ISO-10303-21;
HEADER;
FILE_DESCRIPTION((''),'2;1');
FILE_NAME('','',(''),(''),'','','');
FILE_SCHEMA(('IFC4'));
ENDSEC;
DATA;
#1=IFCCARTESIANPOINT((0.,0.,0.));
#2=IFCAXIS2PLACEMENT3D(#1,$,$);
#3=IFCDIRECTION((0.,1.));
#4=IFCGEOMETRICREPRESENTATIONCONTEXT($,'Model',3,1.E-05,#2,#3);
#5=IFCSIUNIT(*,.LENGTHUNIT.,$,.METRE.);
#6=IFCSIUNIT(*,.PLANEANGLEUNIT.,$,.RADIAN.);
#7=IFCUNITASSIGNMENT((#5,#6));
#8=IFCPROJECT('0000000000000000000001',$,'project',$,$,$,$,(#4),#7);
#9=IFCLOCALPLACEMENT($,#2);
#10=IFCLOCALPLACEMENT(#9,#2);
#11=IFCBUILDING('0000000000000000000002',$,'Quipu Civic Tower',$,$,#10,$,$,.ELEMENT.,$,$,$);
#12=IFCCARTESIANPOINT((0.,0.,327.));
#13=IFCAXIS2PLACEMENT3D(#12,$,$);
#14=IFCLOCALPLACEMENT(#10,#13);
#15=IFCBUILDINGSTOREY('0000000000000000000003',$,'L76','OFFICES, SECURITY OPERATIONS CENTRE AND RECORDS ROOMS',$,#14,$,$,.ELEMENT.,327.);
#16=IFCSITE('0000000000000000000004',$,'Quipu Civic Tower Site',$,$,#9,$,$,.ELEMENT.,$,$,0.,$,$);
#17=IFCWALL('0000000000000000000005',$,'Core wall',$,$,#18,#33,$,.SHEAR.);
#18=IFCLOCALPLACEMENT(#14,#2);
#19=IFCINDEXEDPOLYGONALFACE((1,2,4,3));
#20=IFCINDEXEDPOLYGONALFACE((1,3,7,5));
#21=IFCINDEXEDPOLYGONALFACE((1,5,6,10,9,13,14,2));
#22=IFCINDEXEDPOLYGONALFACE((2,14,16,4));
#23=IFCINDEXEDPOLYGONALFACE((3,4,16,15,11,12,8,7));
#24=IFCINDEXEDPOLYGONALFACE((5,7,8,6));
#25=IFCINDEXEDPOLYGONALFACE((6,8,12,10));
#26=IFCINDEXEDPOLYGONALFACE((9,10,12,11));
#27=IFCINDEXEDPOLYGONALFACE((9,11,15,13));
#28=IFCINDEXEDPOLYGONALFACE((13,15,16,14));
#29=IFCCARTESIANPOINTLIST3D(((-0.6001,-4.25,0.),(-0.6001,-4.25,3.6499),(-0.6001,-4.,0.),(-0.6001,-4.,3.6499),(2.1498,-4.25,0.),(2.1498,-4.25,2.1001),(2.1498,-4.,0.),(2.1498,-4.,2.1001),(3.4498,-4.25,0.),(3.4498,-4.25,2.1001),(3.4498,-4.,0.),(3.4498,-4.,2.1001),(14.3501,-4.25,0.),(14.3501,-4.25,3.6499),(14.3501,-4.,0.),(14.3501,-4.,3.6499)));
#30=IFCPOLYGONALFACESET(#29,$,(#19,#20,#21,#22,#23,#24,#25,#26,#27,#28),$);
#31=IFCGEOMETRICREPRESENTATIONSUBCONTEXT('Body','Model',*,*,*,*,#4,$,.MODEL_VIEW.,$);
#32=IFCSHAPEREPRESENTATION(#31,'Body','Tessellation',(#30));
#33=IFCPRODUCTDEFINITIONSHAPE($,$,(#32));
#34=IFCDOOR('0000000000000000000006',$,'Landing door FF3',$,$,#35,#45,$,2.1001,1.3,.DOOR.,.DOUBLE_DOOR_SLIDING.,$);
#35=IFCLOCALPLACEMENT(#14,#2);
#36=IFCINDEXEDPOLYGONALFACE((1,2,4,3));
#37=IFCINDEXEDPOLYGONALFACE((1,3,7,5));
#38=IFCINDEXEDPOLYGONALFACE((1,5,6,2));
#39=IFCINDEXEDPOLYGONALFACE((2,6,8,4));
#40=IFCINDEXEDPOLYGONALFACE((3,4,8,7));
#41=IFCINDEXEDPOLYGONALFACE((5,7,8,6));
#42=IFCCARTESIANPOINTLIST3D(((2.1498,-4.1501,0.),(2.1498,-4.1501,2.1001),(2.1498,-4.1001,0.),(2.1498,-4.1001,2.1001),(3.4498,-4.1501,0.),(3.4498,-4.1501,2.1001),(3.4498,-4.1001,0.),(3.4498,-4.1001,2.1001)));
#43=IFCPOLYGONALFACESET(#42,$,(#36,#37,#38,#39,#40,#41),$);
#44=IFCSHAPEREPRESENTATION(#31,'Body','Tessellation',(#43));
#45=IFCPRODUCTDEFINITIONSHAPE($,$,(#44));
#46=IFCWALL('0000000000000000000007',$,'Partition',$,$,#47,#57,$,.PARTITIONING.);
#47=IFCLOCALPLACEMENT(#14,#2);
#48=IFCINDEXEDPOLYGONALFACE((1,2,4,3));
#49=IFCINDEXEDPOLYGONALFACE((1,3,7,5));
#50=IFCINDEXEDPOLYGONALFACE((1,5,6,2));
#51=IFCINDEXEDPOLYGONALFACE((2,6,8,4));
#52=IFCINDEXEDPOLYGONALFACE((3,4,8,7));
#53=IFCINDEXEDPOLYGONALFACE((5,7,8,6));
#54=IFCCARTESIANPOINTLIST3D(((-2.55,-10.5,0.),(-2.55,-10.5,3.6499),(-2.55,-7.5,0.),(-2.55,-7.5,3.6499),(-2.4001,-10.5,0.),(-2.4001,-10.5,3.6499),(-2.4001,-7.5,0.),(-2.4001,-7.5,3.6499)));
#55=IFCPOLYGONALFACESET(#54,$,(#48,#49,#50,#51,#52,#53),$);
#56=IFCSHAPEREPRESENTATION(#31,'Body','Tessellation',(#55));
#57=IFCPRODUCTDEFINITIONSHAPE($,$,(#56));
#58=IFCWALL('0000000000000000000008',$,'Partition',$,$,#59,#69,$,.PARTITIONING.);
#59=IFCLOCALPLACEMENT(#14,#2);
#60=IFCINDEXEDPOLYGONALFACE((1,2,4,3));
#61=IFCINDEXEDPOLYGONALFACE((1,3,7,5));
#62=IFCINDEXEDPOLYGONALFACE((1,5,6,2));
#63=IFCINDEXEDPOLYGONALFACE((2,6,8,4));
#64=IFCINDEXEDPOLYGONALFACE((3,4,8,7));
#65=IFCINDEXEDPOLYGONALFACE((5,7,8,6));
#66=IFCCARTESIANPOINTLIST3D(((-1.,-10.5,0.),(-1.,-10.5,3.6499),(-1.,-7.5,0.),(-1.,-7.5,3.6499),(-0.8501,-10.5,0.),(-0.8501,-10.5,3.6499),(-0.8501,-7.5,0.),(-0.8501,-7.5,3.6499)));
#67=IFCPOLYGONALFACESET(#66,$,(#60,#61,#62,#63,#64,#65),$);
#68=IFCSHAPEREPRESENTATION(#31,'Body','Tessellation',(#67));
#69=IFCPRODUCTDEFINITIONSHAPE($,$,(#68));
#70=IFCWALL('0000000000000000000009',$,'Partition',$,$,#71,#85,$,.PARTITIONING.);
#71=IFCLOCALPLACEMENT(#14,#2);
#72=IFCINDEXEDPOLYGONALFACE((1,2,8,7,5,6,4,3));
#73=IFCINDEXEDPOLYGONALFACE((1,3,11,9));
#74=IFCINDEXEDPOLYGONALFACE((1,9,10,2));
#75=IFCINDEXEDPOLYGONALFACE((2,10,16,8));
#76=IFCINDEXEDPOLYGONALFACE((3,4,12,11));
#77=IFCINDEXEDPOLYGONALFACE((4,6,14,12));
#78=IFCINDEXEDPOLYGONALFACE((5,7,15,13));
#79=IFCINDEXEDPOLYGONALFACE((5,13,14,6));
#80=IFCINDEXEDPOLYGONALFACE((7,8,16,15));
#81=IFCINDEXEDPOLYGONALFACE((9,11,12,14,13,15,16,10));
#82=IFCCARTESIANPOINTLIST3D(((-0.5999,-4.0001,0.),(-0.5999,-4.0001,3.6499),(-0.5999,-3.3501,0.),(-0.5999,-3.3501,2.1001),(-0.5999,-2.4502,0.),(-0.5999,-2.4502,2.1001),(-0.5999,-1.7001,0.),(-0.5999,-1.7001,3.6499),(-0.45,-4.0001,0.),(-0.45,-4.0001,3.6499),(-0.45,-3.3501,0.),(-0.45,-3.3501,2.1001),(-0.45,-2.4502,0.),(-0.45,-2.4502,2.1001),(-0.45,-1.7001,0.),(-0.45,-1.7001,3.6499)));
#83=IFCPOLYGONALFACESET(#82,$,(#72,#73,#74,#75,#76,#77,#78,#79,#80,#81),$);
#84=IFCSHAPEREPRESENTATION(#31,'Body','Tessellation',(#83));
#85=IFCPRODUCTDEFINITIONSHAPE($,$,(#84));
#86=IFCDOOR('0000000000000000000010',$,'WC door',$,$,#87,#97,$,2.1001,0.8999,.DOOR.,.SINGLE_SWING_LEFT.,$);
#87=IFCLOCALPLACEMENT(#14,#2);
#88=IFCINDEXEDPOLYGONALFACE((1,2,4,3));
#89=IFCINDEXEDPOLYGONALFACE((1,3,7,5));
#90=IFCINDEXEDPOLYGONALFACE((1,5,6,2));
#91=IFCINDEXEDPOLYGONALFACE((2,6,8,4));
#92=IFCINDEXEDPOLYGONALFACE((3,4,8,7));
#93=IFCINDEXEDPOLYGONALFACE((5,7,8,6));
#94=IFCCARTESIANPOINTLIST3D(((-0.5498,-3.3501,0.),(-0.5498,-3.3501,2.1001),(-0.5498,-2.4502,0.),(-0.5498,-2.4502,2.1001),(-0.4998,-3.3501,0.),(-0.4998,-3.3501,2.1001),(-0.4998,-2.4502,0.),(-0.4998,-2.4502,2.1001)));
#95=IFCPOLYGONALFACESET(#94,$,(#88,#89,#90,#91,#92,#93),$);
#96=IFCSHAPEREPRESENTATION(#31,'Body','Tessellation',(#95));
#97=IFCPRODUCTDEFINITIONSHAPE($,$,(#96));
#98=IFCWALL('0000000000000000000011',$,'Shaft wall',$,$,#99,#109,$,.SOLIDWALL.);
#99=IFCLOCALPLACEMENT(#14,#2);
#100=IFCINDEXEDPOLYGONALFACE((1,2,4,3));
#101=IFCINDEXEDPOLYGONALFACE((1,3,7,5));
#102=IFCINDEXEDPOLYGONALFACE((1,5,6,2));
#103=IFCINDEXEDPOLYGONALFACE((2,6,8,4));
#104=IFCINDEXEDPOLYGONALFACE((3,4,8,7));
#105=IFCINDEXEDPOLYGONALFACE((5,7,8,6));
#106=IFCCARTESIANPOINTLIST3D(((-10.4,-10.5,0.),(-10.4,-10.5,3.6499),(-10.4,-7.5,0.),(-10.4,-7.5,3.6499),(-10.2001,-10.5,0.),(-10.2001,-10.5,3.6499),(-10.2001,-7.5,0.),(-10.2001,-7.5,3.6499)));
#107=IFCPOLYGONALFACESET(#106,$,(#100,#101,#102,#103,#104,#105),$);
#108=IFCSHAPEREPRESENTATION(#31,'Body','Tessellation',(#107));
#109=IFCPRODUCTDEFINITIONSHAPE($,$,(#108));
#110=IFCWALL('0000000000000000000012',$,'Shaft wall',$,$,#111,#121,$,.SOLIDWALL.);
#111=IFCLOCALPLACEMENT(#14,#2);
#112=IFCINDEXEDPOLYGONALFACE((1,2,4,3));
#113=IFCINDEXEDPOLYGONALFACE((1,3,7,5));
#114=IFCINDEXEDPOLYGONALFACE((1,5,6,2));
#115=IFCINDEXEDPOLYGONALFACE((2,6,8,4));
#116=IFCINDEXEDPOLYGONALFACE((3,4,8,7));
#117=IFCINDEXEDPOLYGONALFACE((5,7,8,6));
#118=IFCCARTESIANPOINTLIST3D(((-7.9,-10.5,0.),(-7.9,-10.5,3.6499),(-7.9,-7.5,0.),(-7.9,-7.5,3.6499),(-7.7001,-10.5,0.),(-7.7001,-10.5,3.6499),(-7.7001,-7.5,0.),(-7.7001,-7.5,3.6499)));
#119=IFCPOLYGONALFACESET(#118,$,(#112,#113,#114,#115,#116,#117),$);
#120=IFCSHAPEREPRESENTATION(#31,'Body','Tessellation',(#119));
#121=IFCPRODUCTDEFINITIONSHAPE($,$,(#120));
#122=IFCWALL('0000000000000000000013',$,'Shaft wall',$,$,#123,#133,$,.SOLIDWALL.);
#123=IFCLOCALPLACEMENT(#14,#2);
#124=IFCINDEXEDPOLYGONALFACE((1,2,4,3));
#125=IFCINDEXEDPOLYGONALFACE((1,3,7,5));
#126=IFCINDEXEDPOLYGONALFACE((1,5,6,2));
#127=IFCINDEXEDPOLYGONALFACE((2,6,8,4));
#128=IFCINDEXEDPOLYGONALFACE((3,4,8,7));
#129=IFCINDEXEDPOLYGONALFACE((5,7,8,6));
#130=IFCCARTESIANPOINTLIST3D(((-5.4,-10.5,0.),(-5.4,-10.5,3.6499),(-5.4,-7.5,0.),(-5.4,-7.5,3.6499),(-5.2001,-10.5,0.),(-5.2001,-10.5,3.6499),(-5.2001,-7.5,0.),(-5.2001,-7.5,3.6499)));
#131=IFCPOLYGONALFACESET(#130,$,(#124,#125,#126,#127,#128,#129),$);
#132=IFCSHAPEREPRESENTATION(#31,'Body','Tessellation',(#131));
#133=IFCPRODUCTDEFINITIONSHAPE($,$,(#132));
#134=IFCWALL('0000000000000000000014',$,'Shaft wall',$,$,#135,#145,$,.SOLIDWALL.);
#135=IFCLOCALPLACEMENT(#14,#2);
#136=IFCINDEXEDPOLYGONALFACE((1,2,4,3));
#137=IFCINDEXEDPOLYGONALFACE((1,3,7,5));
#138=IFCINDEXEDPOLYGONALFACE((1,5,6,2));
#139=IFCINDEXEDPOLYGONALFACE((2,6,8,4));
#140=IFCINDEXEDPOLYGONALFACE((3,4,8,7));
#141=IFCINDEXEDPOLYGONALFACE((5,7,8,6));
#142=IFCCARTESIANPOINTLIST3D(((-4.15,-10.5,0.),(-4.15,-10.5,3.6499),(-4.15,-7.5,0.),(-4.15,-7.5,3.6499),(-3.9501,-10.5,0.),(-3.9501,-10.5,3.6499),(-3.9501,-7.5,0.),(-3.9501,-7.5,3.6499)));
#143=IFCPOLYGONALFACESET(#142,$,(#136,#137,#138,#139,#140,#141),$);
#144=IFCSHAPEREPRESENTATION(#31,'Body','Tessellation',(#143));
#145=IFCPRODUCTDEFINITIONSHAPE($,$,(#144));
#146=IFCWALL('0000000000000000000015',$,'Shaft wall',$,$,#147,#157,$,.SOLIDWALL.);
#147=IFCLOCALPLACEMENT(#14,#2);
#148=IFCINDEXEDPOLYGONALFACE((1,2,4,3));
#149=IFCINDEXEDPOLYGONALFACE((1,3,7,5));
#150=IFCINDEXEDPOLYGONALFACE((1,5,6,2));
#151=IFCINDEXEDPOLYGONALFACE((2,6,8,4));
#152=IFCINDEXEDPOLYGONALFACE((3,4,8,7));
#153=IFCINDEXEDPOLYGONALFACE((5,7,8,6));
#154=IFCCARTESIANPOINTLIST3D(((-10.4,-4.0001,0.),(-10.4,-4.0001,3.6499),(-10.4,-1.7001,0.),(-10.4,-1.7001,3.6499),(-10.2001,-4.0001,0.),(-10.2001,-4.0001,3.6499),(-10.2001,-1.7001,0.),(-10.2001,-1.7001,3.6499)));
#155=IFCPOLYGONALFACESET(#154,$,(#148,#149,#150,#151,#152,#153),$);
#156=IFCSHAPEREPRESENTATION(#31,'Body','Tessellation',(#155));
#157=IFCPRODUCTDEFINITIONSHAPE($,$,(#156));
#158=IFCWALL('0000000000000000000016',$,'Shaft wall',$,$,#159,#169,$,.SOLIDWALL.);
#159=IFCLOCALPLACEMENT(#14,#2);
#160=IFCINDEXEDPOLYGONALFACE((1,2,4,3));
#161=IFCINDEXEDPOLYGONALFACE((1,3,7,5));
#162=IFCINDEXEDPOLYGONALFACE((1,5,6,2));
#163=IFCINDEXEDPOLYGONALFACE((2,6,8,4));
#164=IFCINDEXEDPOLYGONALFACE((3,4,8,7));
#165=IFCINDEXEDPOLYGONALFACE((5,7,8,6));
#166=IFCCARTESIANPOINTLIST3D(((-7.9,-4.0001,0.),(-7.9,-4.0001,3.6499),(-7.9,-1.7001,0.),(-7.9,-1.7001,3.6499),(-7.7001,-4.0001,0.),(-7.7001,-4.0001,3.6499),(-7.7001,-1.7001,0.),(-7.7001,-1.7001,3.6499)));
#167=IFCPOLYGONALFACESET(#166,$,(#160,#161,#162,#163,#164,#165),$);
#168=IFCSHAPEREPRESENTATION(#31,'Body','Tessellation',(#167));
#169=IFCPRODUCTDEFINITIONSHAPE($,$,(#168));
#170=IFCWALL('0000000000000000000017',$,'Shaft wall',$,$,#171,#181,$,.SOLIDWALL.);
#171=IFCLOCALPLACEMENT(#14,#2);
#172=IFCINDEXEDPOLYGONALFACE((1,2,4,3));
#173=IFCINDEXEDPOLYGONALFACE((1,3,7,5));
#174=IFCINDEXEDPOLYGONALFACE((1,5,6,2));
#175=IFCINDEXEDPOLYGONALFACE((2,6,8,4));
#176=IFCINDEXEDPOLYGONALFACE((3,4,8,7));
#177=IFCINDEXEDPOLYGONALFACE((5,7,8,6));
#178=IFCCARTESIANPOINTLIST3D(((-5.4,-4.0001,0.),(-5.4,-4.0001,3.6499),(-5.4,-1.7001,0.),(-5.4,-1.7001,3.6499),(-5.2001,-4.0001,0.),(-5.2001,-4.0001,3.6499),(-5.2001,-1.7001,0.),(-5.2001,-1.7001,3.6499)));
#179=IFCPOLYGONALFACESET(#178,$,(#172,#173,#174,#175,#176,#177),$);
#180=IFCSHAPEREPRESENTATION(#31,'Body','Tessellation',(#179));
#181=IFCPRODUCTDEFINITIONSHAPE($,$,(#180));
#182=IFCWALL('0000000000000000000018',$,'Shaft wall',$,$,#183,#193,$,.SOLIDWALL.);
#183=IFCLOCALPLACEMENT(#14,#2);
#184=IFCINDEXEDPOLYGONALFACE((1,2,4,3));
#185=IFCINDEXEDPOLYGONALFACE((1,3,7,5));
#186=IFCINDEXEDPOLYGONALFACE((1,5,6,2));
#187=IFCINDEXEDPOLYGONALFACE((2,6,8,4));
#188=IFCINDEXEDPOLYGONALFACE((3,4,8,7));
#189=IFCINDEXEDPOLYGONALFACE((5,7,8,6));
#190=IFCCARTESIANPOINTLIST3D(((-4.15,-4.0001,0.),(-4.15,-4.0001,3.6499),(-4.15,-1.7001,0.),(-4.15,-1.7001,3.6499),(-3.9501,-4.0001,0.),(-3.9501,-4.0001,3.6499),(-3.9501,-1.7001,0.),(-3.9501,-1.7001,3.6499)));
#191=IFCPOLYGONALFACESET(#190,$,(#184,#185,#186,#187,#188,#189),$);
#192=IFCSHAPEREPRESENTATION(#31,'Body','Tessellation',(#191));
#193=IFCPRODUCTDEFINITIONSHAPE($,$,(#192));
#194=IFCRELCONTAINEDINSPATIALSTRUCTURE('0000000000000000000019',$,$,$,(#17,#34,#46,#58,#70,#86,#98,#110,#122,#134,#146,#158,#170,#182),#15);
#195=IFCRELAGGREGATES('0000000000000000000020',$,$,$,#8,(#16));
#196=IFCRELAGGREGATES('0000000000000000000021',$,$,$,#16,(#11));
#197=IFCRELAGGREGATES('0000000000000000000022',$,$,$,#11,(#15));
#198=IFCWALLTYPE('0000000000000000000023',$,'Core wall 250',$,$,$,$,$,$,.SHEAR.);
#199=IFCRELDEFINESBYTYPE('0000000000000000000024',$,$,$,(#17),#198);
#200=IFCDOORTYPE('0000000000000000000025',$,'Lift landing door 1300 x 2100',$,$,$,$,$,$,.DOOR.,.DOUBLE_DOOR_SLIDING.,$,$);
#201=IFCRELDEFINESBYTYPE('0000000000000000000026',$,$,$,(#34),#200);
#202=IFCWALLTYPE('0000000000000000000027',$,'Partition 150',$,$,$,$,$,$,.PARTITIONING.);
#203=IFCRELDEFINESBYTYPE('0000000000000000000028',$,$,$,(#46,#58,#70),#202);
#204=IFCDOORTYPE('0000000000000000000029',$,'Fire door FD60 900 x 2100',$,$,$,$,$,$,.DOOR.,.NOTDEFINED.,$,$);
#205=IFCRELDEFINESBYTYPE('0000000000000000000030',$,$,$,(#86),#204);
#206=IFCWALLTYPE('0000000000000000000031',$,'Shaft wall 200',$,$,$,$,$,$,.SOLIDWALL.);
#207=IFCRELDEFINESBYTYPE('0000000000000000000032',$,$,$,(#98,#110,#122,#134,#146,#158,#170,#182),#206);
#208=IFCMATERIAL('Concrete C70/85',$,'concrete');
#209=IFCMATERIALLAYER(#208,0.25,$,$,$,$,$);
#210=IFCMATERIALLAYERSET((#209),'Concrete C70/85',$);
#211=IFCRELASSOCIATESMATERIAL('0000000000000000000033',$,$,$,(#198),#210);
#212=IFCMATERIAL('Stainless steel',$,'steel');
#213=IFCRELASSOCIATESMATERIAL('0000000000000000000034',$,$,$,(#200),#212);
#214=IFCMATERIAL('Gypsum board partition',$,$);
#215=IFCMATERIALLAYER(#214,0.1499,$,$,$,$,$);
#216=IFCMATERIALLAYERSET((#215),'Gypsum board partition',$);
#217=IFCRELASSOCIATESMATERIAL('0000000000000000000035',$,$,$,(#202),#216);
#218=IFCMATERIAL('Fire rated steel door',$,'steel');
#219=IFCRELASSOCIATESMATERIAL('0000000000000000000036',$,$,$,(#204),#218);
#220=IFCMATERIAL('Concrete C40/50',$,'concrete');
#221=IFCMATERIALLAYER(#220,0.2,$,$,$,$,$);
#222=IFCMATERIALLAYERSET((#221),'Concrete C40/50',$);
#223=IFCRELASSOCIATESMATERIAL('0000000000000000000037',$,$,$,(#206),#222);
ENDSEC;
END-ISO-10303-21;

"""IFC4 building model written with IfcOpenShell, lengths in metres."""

from ifc_helpers import new_model, si_unit, direction, frame, frame_2d, origin, place, context, subcontext, project, spatial, rectangle, extrude, material, layer, layer_set, type_object, element, fill, save


model = new_model("IFC4")

# Units and contexts
model_context = context("Model", 3, precision=1e-05, world=origin(), true_north=direction((0.0, 1.0)))
body_context = subcontext(model_context, "Body", "Model", "MODEL_VIEW")
ifc_project = project(units=[si_unit("LENGTHUNIT", "METRE"), si_unit("PLANEANGLEUNIT", "RADIAN")], contexts=[model_context])

# Site, building, storey
site_placement = place(None, origin())
site = spatial("IfcSite", under=ifc_project, at=site_placement, Name="Quipu Civic Tower Site", CompositionType="ELEMENT", RefElevation=0.0)
building_placement = place(site_placement, origin())
building = spatial("IfcBuilding", under=site, at=building_placement, Name="Quipu Civic Tower", CompositionType="ELEMENT")
storey_placement = place(building_placement, frame((0.0, 0.0, 327.0)))
storey = spatial("IfcBuildingStorey", under=building, at=storey_placement, Name="L76", Description="OFFICES, SECURITY OPERATIONS CENTRE AND RECORDS ROOMS", CompositionType="ELEMENT", Elevation=327.0)

# Wall, opening, door
ifc_material_1 = material(Name="Concrete C70/85", Category="concrete")
ifc_layer_1 = layer(ifc_material_1, 0.25)
ifc_layer_set_1 = layer_set([ifc_layer_1], Name="Concrete C70/85")
wall_type_1 = type_object("IfcWallType", Name="Core wall 250", PredefinedType="SHEAR", material=ifc_layer_set_1)
wall_1_placement = place(storey_placement, frame((-0.6001, -4.125, 0.0), z_axis=(0.0, 0.0, 1.0), x_axis=(1.0, 0.0, 0.0)))
wall_1 = element("IfcWall", 1, at=wall_1_placement, inside=storey, type_object=wall_type_1, Name="Core wall", PredefinedType="SHEAR", context=body_context, shape_type="SweptSolid", body=[
    extrude(rectangle(XDim=14.9502, YDim=0.25, at=frame_2d((7.4751, 0.0))), origin(), (0.0, 0.0, 1.0), 3.6499),
])
opening_1_placement = place(wall_1_placement, frame((2.75, 0.0, 0.0)))
opening_1 = element("IfcOpeningElement", 2, at=opening_1_placement, cuts=wall_1, PredefinedType="OPENING", context=body_context, shape_type="SweptSolid", body=[
    extrude(rectangle(XDim=1.3, YDim=2.1001, at=frame_2d((0.6499, 1.05))), frame((0.0, 0.135, 0.0), z_axis=(0.0, -1.0, 0.0), x_axis=(1.0, 0.0, 0.0)), (0.0, 0.0, 1.0), 0.27),
])
ifc_material_2 = material(Name="Stainless steel", Category="steel")
door_type_1 = type_object("IfcDoorType", Name="Lift landing door 1300 x 2100", OperationType="DOUBLE_DOOR_SLIDING", PredefinedType="DOOR", material=ifc_material_2)
door_1_placement = place(opening_1_placement, origin())
door_1 = element("IfcDoor", 3, at=door_1_placement, inside=storey, type_object=door_type_1, Name="Landing door FF3", OperationType="DOUBLE_DOOR_SLIDING", OverallHeight=2.1001, OverallWidth=1.3, PredefinedType="DOOR", context=body_context, shape_type="SweptSolid", body=[
    extrude(rectangle(XDim=1.3, YDim=2.1001, at=frame_2d((0.6499, 1.05))), frame((0.0, 0.0249, 0.0), z_axis=(0.0, -1.0, 0.0), x_axis=(1.0, 0.0, 0.0)), (0.0, 0.0, 1.0), 0.05),
])
fill(opening_1, door_1)

# Walls
ifc_material_3 = material(Name="Gypsum board partition")
ifc_layer_2 = layer(ifc_material_3, 0.1499)
ifc_layer_set_2 = layer_set([ifc_layer_2], Name="Gypsum board partition")
wall_type_2 = type_object("IfcWallType", Name="Partition 150", PredefinedType="PARTITIONING", material=ifc_layer_set_2)
for number, where, z_axis, x_axis, name in (
    (4, (-2.4751, -10.5, 0.0), (0.0, 0.0, 1.0), (0.0, 1.0, 0.0), "Partition"),
    (5, (-0.925, -10.5, 0.0), (0.0, 0.0, 1.0), (0.0, 1.0, 0.0), "Partition"),
):
    element("IfcWall", number, at=place(storey_placement, frame(where, z_axis=z_axis, x_axis=x_axis)), inside=storey, type_object=wall_type_2, Name=name, PredefinedType="PARTITIONING", context=body_context, shape_type="SweptSolid", body=[
        extrude(rectangle(XDim=3.0, YDim=0.1499, at=frame_2d((1.5, 0.0))), origin(), (0.0, 0.0, 1.0), 3.6499),
    ])

# Wall, opening, door
wall_2_placement = place(storey_placement, frame((-0.5249, -4.0, 0.0), z_axis=(0.0, 0.0, 1.0), x_axis=(0.0, 1.0, 0.0)))
wall_2 = element("IfcWall", 6, at=wall_2_placement, inside=storey, type_object=wall_type_2, Name="Partition", PredefinedType="PARTITIONING", context=body_context, shape_type="SweptSolid", body=[
    extrude(rectangle(XDim=2.3, YDim=0.1499, at=frame_2d((1.1499, 0.0))), origin(), (0.0, 0.0, 1.0), 3.6499),
])
opening_2_placement = place(wall_2_placement, frame((0.6499, 0.0, 0.0)))
opening_2 = element("IfcOpeningElement", 7, at=opening_2_placement, cuts=wall_2, PredefinedType="OPENING", context=body_context, shape_type="SweptSolid", body=[
    extrude(rectangle(XDim=0.8999, YDim=2.1001, at=frame_2d((0.45, 1.05))), frame((0.0, 0.085, 0.0), z_axis=(0.0, -1.0, 0.0), x_axis=(1.0, 0.0, 0.0)), (0.0, 0.0, 1.0), 0.1699),
])
ifc_material_4 = material(Name="Fire rated steel door", Category="steel")
door_type_2 = type_object("IfcDoorType", Name="Fire door FD60 900 x 2100", OperationType="NOTDEFINED", PredefinedType="DOOR", material=ifc_material_4)
door_2_placement = place(opening_2_placement, origin())
door_2 = element("IfcDoor", 8, at=door_2_placement, inside=storey, type_object=door_type_2, Name="WC door", OperationType="SINGLE_SWING_LEFT", OverallHeight=2.1001, OverallWidth=0.8999, PredefinedType="DOOR", context=body_context, shape_type="SweptSolid", body=[
    extrude(rectangle(XDim=0.8999, YDim=2.1001, at=frame_2d((0.45, 1.05))), frame((0.0, 0.0249, 0.0), z_axis=(0.0, -1.0, 0.0), x_axis=(1.0, 0.0, 0.0)), (0.0, 0.0, 1.0), 0.05),
])
fill(opening_2, door_2)

# Walls
ifc_material_5 = material(Name="Concrete C40/50", Category="concrete")
ifc_layer_3 = layer(ifc_material_5, 0.2)
ifc_layer_set_3 = layer_set([ifc_layer_3], Name="Concrete C40/50")
wall_type_3 = type_object("IfcWallType", Name="Shaft wall 200", PredefinedType="SOLIDWALL", material=ifc_layer_set_3)
for number, where, z_axis, x_axis, name in (
    (9, (-10.3, -10.5, 0.0), (0.0, 0.0, 1.0), (0.0, 1.0, 0.0), "Shaft wall"),
    (10, (-7.8, -10.5, 0.0), (0.0, 0.0, 1.0), (0.0, 1.0, 0.0), "Shaft wall"),
    (11, (-5.3, -10.5, 0.0), (0.0, 0.0, 1.0), (0.0, 1.0, 0.0), "Shaft wall"),
    (12, (-4.05, -10.5, 0.0), (0.0, 0.0, 1.0), (0.0, 1.0, 0.0), "Shaft wall"),
):
    element("IfcWall", number, at=place(storey_placement, frame(where, z_axis=z_axis, x_axis=x_axis)), inside=storey, type_object=wall_type_3, Name=name, PredefinedType="SOLIDWALL", context=body_context, shape_type="SweptSolid", body=[
        extrude(rectangle(XDim=3.0, YDim=0.2, at=frame_2d((1.5, 0.0))), origin(), (0.0, 0.0, 1.0), 3.6499),
    ])
for number, where, z_axis, x_axis, name in (
    (13, (-10.3, -4.0, 0.0), (0.0, 0.0, 1.0), (0.0, 1.0, 0.0), "Shaft wall"),
    (14, (-7.8, -4.0, 0.0), (0.0, 0.0, 1.0), (0.0, 1.0, 0.0), "Shaft wall"),
    (15, (-5.3, -4.0, 0.0), (0.0, 0.0, 1.0), (0.0, 1.0, 0.0), "Shaft wall"),
    (16, (-4.05, -4.0, 0.0), (0.0, 0.0, 1.0), (0.0, 1.0, 0.0), "Shaft wall"),
):
    element("IfcWall", number, at=place(storey_placement, frame(where, z_axis=z_axis, x_axis=x_axis)), inside=storey, type_object=wall_type_3, Name=name, PredefinedType="SOLIDWALL", context=body_context, shape_type="SweptSolid", body=[
        extrude(rectangle(XDim=2.3, YDim=0.2, at=frame_2d((1.1499, 0.0))), origin(), (0.0, 0.0, 1.0), 3.6499),
    ])

save(model, "model.ifc")
